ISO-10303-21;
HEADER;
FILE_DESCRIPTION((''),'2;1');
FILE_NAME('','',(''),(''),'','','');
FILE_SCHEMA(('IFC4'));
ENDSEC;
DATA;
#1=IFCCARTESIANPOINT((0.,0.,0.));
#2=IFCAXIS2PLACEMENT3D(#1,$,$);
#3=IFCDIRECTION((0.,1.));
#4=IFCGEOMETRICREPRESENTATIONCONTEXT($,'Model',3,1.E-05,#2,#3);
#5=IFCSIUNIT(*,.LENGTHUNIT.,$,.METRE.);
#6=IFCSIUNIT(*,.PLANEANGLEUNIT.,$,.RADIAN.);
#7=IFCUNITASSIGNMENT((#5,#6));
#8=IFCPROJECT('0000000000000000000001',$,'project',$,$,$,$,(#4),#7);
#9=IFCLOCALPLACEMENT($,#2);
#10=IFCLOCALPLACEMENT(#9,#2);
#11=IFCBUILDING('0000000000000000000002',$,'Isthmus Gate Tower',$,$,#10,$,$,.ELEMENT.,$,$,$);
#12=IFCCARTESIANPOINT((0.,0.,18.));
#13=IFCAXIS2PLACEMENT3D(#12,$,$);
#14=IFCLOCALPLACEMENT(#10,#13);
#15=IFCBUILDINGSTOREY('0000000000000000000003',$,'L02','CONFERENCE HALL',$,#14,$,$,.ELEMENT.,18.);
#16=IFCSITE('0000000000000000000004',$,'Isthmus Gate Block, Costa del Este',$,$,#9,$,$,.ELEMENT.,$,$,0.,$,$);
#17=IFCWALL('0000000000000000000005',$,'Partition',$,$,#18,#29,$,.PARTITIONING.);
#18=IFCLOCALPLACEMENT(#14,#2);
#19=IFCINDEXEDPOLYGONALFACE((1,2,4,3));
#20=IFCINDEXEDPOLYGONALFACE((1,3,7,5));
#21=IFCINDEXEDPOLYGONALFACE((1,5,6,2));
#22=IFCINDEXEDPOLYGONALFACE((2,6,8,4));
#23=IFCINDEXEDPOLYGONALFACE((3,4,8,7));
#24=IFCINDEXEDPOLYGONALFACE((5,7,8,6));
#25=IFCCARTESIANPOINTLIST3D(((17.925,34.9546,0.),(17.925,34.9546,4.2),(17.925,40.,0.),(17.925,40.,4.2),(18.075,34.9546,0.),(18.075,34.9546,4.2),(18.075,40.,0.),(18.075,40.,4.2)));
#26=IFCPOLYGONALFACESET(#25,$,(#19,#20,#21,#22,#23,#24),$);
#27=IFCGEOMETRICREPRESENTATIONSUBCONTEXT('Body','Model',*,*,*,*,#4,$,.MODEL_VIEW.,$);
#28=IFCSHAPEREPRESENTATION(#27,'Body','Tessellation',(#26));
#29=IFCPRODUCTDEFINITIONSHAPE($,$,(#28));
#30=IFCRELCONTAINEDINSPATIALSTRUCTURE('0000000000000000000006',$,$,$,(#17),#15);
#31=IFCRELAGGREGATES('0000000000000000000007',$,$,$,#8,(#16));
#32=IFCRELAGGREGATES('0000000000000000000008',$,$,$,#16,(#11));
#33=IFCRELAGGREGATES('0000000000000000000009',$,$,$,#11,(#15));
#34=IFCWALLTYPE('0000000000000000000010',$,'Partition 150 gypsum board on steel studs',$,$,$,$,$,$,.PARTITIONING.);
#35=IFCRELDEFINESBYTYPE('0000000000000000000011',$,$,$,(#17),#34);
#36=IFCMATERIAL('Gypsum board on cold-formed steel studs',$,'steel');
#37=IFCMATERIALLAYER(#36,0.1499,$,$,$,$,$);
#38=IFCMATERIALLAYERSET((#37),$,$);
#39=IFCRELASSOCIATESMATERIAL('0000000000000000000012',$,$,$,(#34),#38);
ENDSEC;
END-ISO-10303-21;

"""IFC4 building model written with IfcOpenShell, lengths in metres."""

from ifc_helpers import new_model, si_unit, direction, frame, frame_2d, origin, place, context, subcontext, project, spatial, rectangle, extrude, material, layer, layer_set, type_object, element, save


model = new_model("IFC4")

# Units and contexts
model_context = context("Model", 3, precision=1e-05, world=origin(), true_north=direction((0.0, 1.0)))
body_context = subcontext(model_context, "Body", "Model", "MODEL_VIEW")
ifc_project = project(units=[si_unit("LENGTHUNIT", "METRE"), si_unit("PLANEANGLEUNIT", "RADIAN")], contexts=[model_context])

# Site, building, storey
site_placement = place(None, origin())
site = spatial("IfcSite", under=ifc_project, at=site_placement, Name="Isthmus Gate Block, Costa del Este", CompositionType="ELEMENT", RefElevation=0.0)
building_placement = place(site_placement, origin())
building = spatial("IfcBuilding", under=site, at=building_placement, Name="Isthmus Gate Tower", CompositionType="ELEMENT")
storey_placement = place(building_placement, frame((0.0, 0.0, 18.0)))
storey = spatial("IfcBuildingStorey", under=building, at=storey_placement, Name="L02", Description="CONFERENCE HALL", CompositionType="ELEMENT", Elevation=18.0)

# Wall
ifc_material_1 = material(Name="Gypsum board on cold-formed steel studs", Category="steel")
ifc_layer_1 = layer(ifc_material_1, 0.1499)
ifc_layer_set_1 = layer_set([ifc_layer_1])
wall_type_1 = type_object("IfcWallType", Name="Partition 150 gypsum board on steel studs", PredefinedType="PARTITIONING", material=ifc_layer_set_1)
wall_1_placement = place(storey_placement, frame((18.0, 34.9546, 0.0), z_axis=(0.0, 0.0, 1.0), x_axis=(0.0, 1.0, 0.0)))
element("IfcWall", 1, at=wall_1_placement, inside=storey, type_object=wall_type_1, Name="Partition", PredefinedType="PARTITIONING", context=body_context, shape_type="SweptSolid", body=[
    extrude(rectangle(XDim=5.0454, YDim=0.1499, at=frame_2d((2.5227, 0.0))), origin(), (0.0, 0.0, 1.0), 4.2),
])

save(model, "model.ifc")
